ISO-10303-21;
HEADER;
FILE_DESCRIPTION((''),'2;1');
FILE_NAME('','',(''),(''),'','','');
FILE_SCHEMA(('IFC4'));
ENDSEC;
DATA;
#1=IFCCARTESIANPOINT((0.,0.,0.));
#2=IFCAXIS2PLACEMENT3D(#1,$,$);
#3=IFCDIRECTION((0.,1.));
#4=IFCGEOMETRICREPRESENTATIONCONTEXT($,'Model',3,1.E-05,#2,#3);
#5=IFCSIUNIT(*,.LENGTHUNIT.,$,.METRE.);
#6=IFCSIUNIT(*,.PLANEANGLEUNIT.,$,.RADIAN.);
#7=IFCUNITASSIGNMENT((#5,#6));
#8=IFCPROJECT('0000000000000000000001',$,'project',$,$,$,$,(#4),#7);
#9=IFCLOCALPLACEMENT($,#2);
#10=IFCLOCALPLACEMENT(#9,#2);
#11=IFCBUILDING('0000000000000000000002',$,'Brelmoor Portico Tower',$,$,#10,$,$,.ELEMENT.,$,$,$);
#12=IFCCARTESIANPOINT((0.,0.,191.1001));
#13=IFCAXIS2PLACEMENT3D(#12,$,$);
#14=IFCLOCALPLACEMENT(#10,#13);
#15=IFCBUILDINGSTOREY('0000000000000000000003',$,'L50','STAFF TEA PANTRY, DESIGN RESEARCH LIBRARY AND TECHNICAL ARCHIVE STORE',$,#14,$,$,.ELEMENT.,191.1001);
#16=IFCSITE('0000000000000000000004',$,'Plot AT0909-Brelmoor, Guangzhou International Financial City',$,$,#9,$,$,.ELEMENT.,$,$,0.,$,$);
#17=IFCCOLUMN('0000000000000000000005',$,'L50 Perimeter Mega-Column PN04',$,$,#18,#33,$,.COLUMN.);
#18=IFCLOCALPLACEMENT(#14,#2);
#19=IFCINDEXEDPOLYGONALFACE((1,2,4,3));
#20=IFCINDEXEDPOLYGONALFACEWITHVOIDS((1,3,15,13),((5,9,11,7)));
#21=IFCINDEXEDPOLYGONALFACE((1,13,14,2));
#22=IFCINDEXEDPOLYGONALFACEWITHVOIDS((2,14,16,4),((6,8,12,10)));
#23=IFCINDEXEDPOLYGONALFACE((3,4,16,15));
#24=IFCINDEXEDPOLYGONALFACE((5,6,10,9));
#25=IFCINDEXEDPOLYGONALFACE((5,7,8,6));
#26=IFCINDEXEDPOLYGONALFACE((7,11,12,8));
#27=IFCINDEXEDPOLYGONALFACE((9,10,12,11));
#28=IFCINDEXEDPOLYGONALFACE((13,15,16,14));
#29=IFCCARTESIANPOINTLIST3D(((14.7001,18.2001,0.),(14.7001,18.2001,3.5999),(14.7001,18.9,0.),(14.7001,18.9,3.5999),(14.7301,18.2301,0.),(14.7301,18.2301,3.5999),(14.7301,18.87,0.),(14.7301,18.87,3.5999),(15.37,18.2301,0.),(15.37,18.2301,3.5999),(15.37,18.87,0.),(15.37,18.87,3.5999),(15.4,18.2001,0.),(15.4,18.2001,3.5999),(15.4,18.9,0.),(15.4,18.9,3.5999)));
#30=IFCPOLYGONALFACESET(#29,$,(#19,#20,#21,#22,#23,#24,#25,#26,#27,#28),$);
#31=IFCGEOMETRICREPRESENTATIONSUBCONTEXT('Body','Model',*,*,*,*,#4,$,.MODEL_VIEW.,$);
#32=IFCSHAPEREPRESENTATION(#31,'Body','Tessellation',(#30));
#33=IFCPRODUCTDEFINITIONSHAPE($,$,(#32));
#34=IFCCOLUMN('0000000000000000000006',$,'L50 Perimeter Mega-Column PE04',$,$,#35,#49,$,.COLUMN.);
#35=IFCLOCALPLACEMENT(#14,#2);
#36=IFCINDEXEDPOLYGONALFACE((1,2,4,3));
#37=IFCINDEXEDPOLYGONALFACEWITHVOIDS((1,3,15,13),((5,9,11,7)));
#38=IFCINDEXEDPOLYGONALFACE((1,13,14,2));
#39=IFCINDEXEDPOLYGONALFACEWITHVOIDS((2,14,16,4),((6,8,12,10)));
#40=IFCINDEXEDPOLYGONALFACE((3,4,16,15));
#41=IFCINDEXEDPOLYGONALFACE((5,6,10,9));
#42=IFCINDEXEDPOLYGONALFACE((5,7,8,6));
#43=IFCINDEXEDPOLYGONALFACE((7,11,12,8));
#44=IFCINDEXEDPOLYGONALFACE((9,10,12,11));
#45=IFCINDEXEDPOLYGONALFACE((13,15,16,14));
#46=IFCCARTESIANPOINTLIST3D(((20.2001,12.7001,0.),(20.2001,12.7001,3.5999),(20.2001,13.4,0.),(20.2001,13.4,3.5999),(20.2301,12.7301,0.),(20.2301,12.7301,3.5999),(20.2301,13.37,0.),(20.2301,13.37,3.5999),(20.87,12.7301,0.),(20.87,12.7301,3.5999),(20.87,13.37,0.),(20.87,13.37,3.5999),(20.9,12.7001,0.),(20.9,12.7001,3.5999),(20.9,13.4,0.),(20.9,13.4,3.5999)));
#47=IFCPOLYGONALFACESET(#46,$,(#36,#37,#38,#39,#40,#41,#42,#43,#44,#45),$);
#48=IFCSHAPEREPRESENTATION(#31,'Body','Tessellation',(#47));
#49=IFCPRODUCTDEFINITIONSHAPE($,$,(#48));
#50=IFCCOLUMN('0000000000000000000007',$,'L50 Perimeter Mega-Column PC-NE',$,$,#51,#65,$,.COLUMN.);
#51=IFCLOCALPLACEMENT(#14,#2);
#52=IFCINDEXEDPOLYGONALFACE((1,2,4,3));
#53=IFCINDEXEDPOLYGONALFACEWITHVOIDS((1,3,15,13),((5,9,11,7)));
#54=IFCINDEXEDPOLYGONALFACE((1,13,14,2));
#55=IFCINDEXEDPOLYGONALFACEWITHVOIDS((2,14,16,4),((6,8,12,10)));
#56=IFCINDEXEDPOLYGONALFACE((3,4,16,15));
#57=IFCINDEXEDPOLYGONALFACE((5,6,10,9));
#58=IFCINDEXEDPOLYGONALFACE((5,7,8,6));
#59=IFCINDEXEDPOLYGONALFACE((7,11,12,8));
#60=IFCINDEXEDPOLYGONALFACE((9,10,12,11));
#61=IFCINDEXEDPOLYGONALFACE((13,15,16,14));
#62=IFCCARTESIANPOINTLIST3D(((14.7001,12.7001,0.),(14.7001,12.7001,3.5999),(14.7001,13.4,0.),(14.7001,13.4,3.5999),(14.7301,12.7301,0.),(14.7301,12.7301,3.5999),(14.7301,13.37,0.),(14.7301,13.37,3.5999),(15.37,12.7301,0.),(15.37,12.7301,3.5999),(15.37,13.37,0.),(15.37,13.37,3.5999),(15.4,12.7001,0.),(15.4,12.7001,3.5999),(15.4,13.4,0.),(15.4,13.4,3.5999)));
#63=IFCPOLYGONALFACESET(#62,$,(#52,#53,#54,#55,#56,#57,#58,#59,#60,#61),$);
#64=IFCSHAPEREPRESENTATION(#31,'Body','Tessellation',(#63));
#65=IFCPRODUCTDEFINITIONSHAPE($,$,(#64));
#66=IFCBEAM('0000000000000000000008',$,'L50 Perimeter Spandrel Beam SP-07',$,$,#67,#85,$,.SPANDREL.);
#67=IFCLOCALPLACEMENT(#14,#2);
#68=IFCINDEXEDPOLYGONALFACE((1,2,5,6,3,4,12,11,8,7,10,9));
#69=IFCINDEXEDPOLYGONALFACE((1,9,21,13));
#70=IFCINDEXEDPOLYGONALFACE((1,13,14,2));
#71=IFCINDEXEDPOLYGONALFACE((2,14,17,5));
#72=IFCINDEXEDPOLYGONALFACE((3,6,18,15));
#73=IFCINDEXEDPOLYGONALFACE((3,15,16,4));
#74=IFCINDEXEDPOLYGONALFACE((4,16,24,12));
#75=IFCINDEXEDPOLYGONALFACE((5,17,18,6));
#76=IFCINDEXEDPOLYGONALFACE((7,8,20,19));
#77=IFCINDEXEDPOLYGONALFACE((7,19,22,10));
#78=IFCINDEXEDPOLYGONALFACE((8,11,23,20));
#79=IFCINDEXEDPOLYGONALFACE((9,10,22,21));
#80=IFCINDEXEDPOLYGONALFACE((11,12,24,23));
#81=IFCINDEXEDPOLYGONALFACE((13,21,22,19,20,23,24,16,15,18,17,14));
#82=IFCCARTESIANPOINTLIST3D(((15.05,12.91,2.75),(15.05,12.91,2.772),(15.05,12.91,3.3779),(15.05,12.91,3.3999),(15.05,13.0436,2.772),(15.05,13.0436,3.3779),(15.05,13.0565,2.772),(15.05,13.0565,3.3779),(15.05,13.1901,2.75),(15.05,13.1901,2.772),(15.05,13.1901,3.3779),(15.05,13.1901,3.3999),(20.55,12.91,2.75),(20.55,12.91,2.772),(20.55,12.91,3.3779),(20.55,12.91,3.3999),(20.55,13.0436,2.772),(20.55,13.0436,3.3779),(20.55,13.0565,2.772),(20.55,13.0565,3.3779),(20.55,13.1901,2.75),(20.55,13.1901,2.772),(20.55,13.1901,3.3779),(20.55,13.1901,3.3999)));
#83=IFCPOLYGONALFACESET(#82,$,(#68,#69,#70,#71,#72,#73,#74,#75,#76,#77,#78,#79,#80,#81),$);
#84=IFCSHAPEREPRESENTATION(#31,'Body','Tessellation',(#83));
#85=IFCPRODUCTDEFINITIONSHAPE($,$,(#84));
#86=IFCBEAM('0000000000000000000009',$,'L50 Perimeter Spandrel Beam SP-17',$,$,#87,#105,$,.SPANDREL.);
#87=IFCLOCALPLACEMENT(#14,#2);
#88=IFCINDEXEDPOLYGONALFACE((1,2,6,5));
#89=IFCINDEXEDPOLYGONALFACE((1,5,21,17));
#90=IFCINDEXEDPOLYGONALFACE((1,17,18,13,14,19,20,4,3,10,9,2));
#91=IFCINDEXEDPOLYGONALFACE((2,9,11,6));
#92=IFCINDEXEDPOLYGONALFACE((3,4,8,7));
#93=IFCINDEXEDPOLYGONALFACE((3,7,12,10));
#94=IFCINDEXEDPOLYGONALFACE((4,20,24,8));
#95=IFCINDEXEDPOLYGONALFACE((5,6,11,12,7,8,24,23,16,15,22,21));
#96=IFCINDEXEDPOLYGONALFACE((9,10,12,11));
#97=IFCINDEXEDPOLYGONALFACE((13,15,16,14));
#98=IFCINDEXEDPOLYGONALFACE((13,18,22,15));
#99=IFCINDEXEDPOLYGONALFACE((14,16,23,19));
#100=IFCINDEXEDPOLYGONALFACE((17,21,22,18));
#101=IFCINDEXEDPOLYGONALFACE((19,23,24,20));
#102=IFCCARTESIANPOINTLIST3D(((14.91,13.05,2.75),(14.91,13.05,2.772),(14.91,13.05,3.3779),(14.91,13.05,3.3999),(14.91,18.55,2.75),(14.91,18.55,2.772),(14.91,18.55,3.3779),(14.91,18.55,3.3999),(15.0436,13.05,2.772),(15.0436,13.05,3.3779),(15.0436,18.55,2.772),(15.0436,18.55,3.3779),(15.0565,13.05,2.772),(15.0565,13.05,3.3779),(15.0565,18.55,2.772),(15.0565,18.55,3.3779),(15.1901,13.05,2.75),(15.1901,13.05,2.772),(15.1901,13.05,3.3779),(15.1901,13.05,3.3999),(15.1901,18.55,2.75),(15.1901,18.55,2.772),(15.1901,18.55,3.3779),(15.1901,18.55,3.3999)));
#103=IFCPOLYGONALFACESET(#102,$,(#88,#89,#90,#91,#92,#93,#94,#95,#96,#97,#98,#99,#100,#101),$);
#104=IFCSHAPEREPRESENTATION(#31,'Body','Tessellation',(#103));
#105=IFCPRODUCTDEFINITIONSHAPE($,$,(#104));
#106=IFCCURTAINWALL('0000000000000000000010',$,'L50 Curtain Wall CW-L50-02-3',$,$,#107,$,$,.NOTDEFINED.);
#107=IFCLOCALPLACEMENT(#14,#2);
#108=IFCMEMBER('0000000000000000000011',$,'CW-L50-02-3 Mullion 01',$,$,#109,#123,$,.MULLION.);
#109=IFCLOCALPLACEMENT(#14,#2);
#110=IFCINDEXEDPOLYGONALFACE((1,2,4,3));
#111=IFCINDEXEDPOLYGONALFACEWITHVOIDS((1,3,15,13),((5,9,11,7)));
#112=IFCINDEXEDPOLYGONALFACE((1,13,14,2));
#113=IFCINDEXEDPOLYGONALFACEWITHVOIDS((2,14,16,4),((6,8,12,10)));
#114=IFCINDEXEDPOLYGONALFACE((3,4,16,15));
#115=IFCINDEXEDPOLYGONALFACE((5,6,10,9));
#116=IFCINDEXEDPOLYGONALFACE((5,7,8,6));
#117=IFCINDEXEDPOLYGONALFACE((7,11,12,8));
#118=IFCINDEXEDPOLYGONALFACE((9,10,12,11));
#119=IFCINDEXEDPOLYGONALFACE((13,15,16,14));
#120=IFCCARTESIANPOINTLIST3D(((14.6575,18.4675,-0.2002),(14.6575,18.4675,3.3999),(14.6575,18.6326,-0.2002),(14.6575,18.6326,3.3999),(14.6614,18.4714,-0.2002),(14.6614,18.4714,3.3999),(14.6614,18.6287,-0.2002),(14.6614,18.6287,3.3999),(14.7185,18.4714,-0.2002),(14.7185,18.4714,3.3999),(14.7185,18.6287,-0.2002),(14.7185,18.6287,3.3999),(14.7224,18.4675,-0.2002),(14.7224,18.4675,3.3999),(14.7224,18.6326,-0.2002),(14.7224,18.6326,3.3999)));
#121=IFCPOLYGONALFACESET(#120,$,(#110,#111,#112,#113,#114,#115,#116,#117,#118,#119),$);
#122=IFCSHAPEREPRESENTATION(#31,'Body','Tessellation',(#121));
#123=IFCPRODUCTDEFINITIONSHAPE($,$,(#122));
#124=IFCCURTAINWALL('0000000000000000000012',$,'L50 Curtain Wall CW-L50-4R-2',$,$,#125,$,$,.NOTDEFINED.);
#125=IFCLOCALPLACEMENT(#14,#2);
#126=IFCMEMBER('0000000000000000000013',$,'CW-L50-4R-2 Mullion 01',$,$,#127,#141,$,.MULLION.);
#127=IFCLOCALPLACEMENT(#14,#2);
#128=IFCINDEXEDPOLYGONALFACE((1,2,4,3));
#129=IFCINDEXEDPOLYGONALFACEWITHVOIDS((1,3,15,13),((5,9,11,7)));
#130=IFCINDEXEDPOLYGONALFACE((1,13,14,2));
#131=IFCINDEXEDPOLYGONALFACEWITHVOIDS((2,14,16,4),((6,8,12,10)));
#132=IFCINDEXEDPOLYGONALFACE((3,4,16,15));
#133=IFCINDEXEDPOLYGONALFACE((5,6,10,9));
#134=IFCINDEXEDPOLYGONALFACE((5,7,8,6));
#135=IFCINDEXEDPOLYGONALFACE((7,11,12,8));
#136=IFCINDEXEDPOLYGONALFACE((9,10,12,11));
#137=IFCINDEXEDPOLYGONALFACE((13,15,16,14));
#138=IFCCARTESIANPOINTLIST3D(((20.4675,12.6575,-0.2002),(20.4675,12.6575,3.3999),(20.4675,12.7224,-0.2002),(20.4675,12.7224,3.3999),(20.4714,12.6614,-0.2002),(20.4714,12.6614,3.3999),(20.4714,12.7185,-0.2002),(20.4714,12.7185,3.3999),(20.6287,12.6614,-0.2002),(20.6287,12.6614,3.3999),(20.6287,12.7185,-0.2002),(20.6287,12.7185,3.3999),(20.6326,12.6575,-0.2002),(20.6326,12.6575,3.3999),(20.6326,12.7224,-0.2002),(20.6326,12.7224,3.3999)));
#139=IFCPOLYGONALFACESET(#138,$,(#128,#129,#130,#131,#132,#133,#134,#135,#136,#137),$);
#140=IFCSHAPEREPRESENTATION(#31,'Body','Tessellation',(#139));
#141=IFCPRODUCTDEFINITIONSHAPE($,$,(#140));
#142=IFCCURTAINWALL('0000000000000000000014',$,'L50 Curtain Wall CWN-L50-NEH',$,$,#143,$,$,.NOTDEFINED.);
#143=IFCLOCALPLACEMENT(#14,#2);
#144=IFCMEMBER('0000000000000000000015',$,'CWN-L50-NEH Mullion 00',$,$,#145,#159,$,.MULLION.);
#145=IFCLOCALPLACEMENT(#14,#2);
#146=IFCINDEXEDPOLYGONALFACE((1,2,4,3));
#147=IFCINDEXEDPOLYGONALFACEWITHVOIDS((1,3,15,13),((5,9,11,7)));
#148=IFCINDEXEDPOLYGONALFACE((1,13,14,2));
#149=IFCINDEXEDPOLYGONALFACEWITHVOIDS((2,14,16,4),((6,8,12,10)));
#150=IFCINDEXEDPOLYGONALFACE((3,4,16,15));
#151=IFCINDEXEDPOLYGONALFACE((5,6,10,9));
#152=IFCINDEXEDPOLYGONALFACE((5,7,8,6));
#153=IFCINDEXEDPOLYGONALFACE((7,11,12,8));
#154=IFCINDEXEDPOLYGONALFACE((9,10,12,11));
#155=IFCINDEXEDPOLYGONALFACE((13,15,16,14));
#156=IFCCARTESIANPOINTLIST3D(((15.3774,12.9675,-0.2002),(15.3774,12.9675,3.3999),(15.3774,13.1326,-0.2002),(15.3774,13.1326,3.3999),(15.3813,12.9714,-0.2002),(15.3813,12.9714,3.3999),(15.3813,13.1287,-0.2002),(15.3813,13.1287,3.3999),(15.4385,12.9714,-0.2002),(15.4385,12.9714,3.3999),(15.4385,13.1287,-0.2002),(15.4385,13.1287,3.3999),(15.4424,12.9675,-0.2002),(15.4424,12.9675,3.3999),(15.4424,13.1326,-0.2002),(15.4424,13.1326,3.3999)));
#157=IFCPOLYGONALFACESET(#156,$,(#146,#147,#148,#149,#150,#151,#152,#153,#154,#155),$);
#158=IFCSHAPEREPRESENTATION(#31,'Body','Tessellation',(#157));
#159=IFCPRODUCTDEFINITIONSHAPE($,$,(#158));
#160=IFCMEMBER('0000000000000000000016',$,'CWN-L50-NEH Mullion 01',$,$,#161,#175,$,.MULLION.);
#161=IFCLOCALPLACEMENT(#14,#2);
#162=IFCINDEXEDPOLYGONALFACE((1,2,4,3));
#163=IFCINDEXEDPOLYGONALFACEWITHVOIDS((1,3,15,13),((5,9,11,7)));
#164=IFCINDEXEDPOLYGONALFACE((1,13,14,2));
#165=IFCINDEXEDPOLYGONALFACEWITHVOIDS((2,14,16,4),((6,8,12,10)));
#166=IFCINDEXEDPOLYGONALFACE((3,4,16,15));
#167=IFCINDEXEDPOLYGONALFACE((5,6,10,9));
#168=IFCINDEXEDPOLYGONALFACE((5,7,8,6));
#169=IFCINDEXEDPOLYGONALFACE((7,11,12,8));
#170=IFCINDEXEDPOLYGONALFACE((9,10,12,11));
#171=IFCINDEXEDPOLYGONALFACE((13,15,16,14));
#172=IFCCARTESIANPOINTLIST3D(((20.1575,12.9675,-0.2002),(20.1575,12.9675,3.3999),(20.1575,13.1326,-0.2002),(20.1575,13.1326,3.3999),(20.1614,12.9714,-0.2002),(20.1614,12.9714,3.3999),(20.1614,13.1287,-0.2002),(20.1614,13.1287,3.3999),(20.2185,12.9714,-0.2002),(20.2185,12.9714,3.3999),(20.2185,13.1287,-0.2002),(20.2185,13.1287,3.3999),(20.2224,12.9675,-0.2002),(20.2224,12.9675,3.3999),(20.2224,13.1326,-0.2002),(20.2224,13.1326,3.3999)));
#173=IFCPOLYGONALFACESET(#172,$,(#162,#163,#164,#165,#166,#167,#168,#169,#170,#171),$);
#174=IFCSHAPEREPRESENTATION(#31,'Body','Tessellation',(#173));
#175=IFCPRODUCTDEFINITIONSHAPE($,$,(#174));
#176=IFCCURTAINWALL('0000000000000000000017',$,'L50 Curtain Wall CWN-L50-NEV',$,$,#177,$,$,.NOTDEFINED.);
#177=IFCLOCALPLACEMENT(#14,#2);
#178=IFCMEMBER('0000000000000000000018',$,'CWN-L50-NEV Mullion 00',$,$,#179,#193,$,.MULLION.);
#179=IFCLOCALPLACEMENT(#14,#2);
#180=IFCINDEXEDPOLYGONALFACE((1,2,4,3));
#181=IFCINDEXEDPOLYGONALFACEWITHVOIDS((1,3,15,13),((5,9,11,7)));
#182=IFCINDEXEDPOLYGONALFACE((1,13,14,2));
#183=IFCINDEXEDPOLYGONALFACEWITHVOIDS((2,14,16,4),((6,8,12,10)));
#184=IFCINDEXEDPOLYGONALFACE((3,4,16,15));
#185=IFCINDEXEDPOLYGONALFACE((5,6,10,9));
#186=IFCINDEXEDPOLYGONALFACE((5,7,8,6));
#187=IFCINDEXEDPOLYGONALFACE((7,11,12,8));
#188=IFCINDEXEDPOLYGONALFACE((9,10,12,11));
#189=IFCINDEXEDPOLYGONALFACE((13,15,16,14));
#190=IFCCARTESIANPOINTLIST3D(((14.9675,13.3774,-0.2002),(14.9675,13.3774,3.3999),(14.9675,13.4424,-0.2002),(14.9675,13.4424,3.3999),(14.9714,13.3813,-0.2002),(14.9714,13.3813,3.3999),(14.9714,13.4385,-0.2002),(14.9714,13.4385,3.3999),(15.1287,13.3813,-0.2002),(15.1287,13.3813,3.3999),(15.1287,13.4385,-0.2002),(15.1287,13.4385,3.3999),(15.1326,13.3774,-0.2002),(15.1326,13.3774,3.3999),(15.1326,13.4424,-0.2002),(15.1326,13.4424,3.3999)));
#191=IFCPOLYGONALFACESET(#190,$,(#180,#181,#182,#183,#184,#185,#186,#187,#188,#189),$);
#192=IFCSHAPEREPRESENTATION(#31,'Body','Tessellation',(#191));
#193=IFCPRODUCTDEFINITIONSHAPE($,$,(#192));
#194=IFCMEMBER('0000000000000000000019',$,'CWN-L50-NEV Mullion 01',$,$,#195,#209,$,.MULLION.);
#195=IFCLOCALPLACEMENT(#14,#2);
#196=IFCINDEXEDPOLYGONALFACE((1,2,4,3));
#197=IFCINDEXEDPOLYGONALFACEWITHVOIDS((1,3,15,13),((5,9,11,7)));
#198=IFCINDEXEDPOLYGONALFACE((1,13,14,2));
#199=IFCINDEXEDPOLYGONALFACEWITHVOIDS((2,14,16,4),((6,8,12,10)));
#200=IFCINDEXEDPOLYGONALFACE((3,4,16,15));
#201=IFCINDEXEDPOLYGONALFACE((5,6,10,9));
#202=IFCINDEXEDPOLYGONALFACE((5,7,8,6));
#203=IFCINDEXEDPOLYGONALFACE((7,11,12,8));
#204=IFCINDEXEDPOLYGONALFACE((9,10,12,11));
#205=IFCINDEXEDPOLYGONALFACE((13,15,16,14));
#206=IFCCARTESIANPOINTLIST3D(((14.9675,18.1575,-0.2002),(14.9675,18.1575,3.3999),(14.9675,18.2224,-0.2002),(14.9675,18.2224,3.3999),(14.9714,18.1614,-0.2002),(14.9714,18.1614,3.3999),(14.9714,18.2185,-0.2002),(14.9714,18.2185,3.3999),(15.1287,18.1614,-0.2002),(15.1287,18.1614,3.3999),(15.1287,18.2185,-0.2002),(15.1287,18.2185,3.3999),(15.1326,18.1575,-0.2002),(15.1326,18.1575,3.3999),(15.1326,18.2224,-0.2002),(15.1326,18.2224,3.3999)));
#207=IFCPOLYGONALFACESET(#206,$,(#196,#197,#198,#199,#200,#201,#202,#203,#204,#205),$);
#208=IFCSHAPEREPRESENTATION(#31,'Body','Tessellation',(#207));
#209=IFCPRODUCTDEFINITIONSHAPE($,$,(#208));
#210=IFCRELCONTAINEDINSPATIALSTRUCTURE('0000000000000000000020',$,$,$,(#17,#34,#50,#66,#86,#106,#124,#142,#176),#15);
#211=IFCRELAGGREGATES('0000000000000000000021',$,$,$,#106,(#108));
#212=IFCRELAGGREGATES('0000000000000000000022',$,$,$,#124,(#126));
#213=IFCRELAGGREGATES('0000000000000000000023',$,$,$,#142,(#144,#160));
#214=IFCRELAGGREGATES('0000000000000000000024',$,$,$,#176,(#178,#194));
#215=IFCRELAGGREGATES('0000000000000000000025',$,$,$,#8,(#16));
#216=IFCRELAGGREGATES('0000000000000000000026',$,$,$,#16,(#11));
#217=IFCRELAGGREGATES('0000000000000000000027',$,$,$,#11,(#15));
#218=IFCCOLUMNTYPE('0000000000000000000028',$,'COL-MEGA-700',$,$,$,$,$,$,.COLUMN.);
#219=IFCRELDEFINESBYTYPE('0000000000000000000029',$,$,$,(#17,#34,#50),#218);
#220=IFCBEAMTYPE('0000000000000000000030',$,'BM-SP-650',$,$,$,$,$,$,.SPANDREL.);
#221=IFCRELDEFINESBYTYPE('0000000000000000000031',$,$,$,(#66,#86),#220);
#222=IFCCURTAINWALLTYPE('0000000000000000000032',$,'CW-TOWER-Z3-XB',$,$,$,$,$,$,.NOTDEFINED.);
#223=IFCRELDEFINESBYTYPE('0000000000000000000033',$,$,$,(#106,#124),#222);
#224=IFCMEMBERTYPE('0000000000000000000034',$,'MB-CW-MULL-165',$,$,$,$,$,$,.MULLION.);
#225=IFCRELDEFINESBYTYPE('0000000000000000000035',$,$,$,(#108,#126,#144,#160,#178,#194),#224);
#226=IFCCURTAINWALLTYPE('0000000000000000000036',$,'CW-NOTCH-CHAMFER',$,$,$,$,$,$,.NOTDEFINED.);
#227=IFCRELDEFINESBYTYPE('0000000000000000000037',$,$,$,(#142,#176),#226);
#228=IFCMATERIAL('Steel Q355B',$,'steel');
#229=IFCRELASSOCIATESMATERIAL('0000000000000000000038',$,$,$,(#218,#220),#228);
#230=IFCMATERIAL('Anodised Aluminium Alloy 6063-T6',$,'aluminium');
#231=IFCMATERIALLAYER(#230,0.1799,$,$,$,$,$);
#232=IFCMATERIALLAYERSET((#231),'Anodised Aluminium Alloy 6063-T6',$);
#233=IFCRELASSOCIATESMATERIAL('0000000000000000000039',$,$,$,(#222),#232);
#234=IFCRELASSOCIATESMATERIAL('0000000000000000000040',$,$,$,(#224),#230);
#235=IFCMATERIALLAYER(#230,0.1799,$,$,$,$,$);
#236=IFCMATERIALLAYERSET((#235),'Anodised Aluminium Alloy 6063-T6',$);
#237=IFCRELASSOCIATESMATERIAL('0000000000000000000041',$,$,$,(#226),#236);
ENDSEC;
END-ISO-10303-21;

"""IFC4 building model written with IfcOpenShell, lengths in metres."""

from ifc_helpers import new_model, si_unit, direction, frame, origin, origin_2d, place, context, subcontext, project, spatial, hollow_rectangle, i_section, extrude, material, layer, layer_set, material_profile, profile_set, type_object, element, aggregate, save


model = new_model("IFC4")

# Units and contexts
model_context = context("Model", 3, precision=1e-05, world=origin(), true_north=direction((0.0, 1.0)))
body_context = subcontext(model_context, "Body", "Model", "MODEL_VIEW")
ifc_project = project(units=[si_unit("LENGTHUNIT", "METRE"), si_unit("PLANEANGLEUNIT", "RADIAN")], contexts=[model_context])

# Site, building, storey
site_placement = place(None, origin())
site = spatial("IfcSite", under=ifc_project, at=site_placement, Name="Plot AT0909-Brelmoor, Guangzhou International Financial City", CompositionType="ELEMENT", RefElevation=0.0)
building_placement = place(site_placement, origin())
building = spatial("IfcBuilding", under=site, at=building_placement, Name="Brelmoor Portico Tower", CompositionType="ELEMENT")
storey_placement = place(building_placement, frame((0.0, 0.0, 191.1001)))
storey = spatial("IfcBuildingStorey", under=building, at=storey_placement, Name="L50", Description="STAFF TEA PANTRY, DESIGN RESEARCH LIBRARY AND TECHNICAL ARCHIVE STORE", CompositionType="ELEMENT", Elevation=191.1001)

# Columns
ifc_material_1 = material(Name="Steel Q355B", Category="steel")
ifc_material_profile_1 = material_profile(ifc_material_1, hollow_rectangle(XDim=0.7, YDim=0.7, WallThickness=0.03, at=origin_2d()), Name="BOX 700x700x30")
ifc_profile_set_1 = profile_set([ifc_material_profile_1], Name="Steel Q355B")
column_type = type_object("IfcColumnType", Name="COL-MEGA-700", PredefinedType="COLUMN", material=ifc_profile_set_1)
for number, where, z_axis, x_axis, name in (
    (1, (15.05, 18.55, 0.0), (0.0, 0.0, 1.0), (1.0, 0.0, 0.0), "L50 Perimeter Mega-Column PN04"),
    (2, (20.55, 13.05, 0.0), (0.0, 0.0, 1.0), (0.0, 1.0, 0.0), "L50 Perimeter Mega-Column PE04"),
    (3, (15.05, 13.05, 0.0), (0.0, 0.0, 1.0), (1.0, 0.0, 0.0), "L50 Perimeter Mega-Column PC-NE"),
):
    element("IfcColumn", number, at=place(storey_placement, frame(where, z_axis=z_axis, x_axis=x_axis)), inside=storey, type_object=column_type, Name=name, PredefinedType="COLUMN", context=body_context, shape_type="SweptSolid", body=[
        extrude(hollow_rectangle(XDim=0.7, YDim=0.7, WallThickness=0.03, at=origin_2d()), origin(), (0.0, 0.0, 1.0), 3.5999),
    ])

# Beams
ifc_material_profile_2 = material_profile(ifc_material_1, i_section(OverallWidth=0.28, OverallDepth=0.6499, WebThickness=0.0129, FlangeThickness=0.022, at=origin_2d()), Name="HN 650x280x13x22")
ifc_profile_set_2 = profile_set([ifc_material_profile_2], Name="Steel Q355B")
beam_type = type_object("IfcBeamType", Name="BM-SP-650", PredefinedType="SPANDREL", material=ifc_profile_set_2)
for number, where, z_axis, x_axis, name in (
    (4, (15.05, 13.05, 3.075), (1.0, 0.0, 0.0), (0.0, 1.0, 0.0), "L50 Perimeter Spandrel Beam SP-07"),
    (5, (15.05, 13.05, 3.075), (0.0, 1.0, 0.0), (-1.0, 0.0, 0.0), "L50 Perimeter Spandrel Beam SP-17"),
):
    element("IfcBeam", number, at=place(storey_placement, frame(where, z_axis=z_axis, x_axis=x_axis)), inside=storey, type_object=beam_type, Name=name, PredefinedType="SPANDREL", context=body_context, shape_type="SweptSolid", body=[
        extrude(i_section(OverallWidth=0.28, OverallDepth=0.6499, WebThickness=0.0129, FlangeThickness=0.022, at=origin_2d()), origin(), (0.0, 0.0, 1.0), 5.5),
    ])

# Curtain walls, members
ifc_material_2 = material(Name="Anodised Aluminium Alloy 6063-T6", Category="aluminium")
ifc_layer_1 = layer(ifc_material_2, 0.1799)
ifc_layer_set_1 = layer_set([ifc_layer_1], Name="Anodised Aluminium Alloy 6063-T6")
curtain_wall_type_1 = type_object("IfcCurtainWallType", Name="CW-TOWER-Z3-XB", PredefinedType="NOTDEFINED", material=ifc_layer_set_1)
curtain_wall_1_placement = place(storey_placement, origin())
curtain_wall_1 = element("IfcCurtainWall", 6, at=curtain_wall_1_placement, inside=storey, type_object=curtain_wall_type_1, Name="L50 Curtain Wall CW-L50-02-3", PredefinedType="NOTDEFINED")
ifc_material_profile_3 = material_profile(ifc_material_2, hollow_rectangle(XDim=0.0649, YDim=0.165, WallThickness=0.0039, at=origin_2d()), Name="ALU MULLION 65x165")
ifc_profile_set_3 = profile_set([ifc_material_profile_3], Name="Anodised Aluminium Alloy 6063-T6")
member_type_1 = type_object("IfcMemberType", Name="MB-CW-MULL-165", PredefinedType="MULLION", material=ifc_profile_set_3)
member_1_placement = place(storey_placement, frame((14.6899, 18.55, -0.2002), z_axis=(0.0, 0.0, 1.0), x_axis=(1.0, 0.0, 0.0)))
member_1 = element("IfcMember", 7, at=member_1_placement, type_object=member_type_1, Name="CW-L50-02-3 Mullion 01", PredefinedType="MULLION", context=body_context, shape_type="SweptSolid", body=[
    extrude(hollow_rectangle(XDim=0.0649, YDim=0.165, WallThickness=0.0039, at=origin_2d()), origin(), (0.0, 0.0, 1.0), 3.6001),
])
aggregate(curtain_wall_1, [member_1])
curtain_wall_2_placement = place(storey_placement, origin())
curtain_wall_2 = element("IfcCurtainWall", 8, at=curtain_wall_2_placement, inside=storey, type_object=curtain_wall_type_1, Name="L50 Curtain Wall CW-L50-4R-2", PredefinedType="NOTDEFINED")
member_2_placement = place(storey_placement, frame((20.55, 12.6899, -0.2002), z_axis=(0.0, 0.0, 1.0), x_axis=(0.0, 1.0, 0.0)))
member_2 = element("IfcMember", 9, at=member_2_placement, type_object=member_type_1, Name="CW-L50-4R-2 Mullion 01", PredefinedType="MULLION", context=body_context, shape_type="SweptSolid", body=[
    extrude(hollow_rectangle(XDim=0.0649, YDim=0.165, WallThickness=0.0039, at=origin_2d()), origin(), (0.0, 0.0, 1.0), 3.6001),
])
aggregate(curtain_wall_2, [member_2])

# Curtain walls, members
ifc_layer_2 = layer(ifc_material_2, 0.1799)
ifc_layer_set_2 = layer_set([ifc_layer_2], Name="Anodised Aluminium Alloy 6063-T6")
curtain_wall_type_2 = type_object("IfcCurtainWallType", Name="CW-NOTCH-CHAMFER", PredefinedType="NOTDEFINED", material=ifc_layer_set_2)
curtain_wall_3_placement = place(storey_placement, origin())
curtain_wall_3 = element("IfcCurtainWall", 10, at=curtain_wall_3_placement, inside=storey, type_object=curtain_wall_type_2, Name="L50 Curtain Wall CWN-L50-NEH", PredefinedType="NOTDEFINED")
member_3_placement = place(storey_placement, frame((15.4099, 13.05, -0.2002), z_axis=(0.0, 0.0, 1.0), x_axis=(1.0, 0.0, 0.0)))
member_3 = element("IfcMember", 11, at=member_3_placement, type_object=member_type_1, Name="CWN-L50-NEH Mullion 00", PredefinedType="MULLION", context=body_context, shape_type="SweptSolid", body=[
    extrude(hollow_rectangle(XDim=0.0649, YDim=0.165, WallThickness=0.0039, at=origin_2d()), origin(), (0.0, 0.0, 1.0), 3.6001),
])
member_4_placement = place(storey_placement, frame((20.1899, 13.05, -0.2002), z_axis=(0.0, 0.0, 1.0), x_axis=(1.0, 0.0, 0.0)))
member_4 = element("IfcMember", 12, at=member_4_placement, type_object=member_type_1, Name="CWN-L50-NEH Mullion 01", PredefinedType="MULLION", context=body_context, shape_type="SweptSolid", body=[
    extrude(hollow_rectangle(XDim=0.0649, YDim=0.165, WallThickness=0.0039, at=origin_2d()), origin(), (0.0, 0.0, 1.0), 3.6001),
])
curtain_wall_4_placement = place(storey_placement, origin())
curtain_wall_4 = element("IfcCurtainWall", 13, at=curtain_wall_4_placement, inside=storey, type_object=curtain_wall_type_2, Name="L50 Curtain Wall CWN-L50-NEV", PredefinedType="NOTDEFINED")
member_5_placement = place(storey_placement, frame((15.05, 13.4099, -0.2002), z_axis=(0.0, 0.0, 1.0), x_axis=(0.0, 1.0, 0.0)))
member_5 = element("IfcMember", 14, at=member_5_placement, type_object=member_type_1, Name="CWN-L50-NEV Mullion 00", PredefinedType="MULLION", context=body_context, shape_type="SweptSolid", body=[
    extrude(hollow_rectangle(XDim=0.0649, YDim=0.165, WallThickness=0.0039, at=origin_2d()), origin(), (0.0, 0.0, 1.0), 3.6001),
])
member_6_placement = place(storey_placement, frame((15.05, 18.1899, -0.2002), z_axis=(0.0, 0.0, 1.0), x_axis=(0.0, 1.0, 0.0)))
member_6 = element("IfcMember", 15, at=member_6_placement, type_object=member_type_1, Name="CWN-L50-NEV Mullion 01", PredefinedType="MULLION", context=body_context, shape_type="SweptSolid", body=[
    extrude(hollow_rectangle(XDim=0.0649, YDim=0.165, WallThickness=0.0039, at=origin_2d()), origin(), (0.0, 0.0, 1.0), 3.6001),
])

aggregate(curtain_wall_3, [member_3, member_4])
aggregate(curtain_wall_4, [member_5, member_6])

save(model, "model.ifc")
